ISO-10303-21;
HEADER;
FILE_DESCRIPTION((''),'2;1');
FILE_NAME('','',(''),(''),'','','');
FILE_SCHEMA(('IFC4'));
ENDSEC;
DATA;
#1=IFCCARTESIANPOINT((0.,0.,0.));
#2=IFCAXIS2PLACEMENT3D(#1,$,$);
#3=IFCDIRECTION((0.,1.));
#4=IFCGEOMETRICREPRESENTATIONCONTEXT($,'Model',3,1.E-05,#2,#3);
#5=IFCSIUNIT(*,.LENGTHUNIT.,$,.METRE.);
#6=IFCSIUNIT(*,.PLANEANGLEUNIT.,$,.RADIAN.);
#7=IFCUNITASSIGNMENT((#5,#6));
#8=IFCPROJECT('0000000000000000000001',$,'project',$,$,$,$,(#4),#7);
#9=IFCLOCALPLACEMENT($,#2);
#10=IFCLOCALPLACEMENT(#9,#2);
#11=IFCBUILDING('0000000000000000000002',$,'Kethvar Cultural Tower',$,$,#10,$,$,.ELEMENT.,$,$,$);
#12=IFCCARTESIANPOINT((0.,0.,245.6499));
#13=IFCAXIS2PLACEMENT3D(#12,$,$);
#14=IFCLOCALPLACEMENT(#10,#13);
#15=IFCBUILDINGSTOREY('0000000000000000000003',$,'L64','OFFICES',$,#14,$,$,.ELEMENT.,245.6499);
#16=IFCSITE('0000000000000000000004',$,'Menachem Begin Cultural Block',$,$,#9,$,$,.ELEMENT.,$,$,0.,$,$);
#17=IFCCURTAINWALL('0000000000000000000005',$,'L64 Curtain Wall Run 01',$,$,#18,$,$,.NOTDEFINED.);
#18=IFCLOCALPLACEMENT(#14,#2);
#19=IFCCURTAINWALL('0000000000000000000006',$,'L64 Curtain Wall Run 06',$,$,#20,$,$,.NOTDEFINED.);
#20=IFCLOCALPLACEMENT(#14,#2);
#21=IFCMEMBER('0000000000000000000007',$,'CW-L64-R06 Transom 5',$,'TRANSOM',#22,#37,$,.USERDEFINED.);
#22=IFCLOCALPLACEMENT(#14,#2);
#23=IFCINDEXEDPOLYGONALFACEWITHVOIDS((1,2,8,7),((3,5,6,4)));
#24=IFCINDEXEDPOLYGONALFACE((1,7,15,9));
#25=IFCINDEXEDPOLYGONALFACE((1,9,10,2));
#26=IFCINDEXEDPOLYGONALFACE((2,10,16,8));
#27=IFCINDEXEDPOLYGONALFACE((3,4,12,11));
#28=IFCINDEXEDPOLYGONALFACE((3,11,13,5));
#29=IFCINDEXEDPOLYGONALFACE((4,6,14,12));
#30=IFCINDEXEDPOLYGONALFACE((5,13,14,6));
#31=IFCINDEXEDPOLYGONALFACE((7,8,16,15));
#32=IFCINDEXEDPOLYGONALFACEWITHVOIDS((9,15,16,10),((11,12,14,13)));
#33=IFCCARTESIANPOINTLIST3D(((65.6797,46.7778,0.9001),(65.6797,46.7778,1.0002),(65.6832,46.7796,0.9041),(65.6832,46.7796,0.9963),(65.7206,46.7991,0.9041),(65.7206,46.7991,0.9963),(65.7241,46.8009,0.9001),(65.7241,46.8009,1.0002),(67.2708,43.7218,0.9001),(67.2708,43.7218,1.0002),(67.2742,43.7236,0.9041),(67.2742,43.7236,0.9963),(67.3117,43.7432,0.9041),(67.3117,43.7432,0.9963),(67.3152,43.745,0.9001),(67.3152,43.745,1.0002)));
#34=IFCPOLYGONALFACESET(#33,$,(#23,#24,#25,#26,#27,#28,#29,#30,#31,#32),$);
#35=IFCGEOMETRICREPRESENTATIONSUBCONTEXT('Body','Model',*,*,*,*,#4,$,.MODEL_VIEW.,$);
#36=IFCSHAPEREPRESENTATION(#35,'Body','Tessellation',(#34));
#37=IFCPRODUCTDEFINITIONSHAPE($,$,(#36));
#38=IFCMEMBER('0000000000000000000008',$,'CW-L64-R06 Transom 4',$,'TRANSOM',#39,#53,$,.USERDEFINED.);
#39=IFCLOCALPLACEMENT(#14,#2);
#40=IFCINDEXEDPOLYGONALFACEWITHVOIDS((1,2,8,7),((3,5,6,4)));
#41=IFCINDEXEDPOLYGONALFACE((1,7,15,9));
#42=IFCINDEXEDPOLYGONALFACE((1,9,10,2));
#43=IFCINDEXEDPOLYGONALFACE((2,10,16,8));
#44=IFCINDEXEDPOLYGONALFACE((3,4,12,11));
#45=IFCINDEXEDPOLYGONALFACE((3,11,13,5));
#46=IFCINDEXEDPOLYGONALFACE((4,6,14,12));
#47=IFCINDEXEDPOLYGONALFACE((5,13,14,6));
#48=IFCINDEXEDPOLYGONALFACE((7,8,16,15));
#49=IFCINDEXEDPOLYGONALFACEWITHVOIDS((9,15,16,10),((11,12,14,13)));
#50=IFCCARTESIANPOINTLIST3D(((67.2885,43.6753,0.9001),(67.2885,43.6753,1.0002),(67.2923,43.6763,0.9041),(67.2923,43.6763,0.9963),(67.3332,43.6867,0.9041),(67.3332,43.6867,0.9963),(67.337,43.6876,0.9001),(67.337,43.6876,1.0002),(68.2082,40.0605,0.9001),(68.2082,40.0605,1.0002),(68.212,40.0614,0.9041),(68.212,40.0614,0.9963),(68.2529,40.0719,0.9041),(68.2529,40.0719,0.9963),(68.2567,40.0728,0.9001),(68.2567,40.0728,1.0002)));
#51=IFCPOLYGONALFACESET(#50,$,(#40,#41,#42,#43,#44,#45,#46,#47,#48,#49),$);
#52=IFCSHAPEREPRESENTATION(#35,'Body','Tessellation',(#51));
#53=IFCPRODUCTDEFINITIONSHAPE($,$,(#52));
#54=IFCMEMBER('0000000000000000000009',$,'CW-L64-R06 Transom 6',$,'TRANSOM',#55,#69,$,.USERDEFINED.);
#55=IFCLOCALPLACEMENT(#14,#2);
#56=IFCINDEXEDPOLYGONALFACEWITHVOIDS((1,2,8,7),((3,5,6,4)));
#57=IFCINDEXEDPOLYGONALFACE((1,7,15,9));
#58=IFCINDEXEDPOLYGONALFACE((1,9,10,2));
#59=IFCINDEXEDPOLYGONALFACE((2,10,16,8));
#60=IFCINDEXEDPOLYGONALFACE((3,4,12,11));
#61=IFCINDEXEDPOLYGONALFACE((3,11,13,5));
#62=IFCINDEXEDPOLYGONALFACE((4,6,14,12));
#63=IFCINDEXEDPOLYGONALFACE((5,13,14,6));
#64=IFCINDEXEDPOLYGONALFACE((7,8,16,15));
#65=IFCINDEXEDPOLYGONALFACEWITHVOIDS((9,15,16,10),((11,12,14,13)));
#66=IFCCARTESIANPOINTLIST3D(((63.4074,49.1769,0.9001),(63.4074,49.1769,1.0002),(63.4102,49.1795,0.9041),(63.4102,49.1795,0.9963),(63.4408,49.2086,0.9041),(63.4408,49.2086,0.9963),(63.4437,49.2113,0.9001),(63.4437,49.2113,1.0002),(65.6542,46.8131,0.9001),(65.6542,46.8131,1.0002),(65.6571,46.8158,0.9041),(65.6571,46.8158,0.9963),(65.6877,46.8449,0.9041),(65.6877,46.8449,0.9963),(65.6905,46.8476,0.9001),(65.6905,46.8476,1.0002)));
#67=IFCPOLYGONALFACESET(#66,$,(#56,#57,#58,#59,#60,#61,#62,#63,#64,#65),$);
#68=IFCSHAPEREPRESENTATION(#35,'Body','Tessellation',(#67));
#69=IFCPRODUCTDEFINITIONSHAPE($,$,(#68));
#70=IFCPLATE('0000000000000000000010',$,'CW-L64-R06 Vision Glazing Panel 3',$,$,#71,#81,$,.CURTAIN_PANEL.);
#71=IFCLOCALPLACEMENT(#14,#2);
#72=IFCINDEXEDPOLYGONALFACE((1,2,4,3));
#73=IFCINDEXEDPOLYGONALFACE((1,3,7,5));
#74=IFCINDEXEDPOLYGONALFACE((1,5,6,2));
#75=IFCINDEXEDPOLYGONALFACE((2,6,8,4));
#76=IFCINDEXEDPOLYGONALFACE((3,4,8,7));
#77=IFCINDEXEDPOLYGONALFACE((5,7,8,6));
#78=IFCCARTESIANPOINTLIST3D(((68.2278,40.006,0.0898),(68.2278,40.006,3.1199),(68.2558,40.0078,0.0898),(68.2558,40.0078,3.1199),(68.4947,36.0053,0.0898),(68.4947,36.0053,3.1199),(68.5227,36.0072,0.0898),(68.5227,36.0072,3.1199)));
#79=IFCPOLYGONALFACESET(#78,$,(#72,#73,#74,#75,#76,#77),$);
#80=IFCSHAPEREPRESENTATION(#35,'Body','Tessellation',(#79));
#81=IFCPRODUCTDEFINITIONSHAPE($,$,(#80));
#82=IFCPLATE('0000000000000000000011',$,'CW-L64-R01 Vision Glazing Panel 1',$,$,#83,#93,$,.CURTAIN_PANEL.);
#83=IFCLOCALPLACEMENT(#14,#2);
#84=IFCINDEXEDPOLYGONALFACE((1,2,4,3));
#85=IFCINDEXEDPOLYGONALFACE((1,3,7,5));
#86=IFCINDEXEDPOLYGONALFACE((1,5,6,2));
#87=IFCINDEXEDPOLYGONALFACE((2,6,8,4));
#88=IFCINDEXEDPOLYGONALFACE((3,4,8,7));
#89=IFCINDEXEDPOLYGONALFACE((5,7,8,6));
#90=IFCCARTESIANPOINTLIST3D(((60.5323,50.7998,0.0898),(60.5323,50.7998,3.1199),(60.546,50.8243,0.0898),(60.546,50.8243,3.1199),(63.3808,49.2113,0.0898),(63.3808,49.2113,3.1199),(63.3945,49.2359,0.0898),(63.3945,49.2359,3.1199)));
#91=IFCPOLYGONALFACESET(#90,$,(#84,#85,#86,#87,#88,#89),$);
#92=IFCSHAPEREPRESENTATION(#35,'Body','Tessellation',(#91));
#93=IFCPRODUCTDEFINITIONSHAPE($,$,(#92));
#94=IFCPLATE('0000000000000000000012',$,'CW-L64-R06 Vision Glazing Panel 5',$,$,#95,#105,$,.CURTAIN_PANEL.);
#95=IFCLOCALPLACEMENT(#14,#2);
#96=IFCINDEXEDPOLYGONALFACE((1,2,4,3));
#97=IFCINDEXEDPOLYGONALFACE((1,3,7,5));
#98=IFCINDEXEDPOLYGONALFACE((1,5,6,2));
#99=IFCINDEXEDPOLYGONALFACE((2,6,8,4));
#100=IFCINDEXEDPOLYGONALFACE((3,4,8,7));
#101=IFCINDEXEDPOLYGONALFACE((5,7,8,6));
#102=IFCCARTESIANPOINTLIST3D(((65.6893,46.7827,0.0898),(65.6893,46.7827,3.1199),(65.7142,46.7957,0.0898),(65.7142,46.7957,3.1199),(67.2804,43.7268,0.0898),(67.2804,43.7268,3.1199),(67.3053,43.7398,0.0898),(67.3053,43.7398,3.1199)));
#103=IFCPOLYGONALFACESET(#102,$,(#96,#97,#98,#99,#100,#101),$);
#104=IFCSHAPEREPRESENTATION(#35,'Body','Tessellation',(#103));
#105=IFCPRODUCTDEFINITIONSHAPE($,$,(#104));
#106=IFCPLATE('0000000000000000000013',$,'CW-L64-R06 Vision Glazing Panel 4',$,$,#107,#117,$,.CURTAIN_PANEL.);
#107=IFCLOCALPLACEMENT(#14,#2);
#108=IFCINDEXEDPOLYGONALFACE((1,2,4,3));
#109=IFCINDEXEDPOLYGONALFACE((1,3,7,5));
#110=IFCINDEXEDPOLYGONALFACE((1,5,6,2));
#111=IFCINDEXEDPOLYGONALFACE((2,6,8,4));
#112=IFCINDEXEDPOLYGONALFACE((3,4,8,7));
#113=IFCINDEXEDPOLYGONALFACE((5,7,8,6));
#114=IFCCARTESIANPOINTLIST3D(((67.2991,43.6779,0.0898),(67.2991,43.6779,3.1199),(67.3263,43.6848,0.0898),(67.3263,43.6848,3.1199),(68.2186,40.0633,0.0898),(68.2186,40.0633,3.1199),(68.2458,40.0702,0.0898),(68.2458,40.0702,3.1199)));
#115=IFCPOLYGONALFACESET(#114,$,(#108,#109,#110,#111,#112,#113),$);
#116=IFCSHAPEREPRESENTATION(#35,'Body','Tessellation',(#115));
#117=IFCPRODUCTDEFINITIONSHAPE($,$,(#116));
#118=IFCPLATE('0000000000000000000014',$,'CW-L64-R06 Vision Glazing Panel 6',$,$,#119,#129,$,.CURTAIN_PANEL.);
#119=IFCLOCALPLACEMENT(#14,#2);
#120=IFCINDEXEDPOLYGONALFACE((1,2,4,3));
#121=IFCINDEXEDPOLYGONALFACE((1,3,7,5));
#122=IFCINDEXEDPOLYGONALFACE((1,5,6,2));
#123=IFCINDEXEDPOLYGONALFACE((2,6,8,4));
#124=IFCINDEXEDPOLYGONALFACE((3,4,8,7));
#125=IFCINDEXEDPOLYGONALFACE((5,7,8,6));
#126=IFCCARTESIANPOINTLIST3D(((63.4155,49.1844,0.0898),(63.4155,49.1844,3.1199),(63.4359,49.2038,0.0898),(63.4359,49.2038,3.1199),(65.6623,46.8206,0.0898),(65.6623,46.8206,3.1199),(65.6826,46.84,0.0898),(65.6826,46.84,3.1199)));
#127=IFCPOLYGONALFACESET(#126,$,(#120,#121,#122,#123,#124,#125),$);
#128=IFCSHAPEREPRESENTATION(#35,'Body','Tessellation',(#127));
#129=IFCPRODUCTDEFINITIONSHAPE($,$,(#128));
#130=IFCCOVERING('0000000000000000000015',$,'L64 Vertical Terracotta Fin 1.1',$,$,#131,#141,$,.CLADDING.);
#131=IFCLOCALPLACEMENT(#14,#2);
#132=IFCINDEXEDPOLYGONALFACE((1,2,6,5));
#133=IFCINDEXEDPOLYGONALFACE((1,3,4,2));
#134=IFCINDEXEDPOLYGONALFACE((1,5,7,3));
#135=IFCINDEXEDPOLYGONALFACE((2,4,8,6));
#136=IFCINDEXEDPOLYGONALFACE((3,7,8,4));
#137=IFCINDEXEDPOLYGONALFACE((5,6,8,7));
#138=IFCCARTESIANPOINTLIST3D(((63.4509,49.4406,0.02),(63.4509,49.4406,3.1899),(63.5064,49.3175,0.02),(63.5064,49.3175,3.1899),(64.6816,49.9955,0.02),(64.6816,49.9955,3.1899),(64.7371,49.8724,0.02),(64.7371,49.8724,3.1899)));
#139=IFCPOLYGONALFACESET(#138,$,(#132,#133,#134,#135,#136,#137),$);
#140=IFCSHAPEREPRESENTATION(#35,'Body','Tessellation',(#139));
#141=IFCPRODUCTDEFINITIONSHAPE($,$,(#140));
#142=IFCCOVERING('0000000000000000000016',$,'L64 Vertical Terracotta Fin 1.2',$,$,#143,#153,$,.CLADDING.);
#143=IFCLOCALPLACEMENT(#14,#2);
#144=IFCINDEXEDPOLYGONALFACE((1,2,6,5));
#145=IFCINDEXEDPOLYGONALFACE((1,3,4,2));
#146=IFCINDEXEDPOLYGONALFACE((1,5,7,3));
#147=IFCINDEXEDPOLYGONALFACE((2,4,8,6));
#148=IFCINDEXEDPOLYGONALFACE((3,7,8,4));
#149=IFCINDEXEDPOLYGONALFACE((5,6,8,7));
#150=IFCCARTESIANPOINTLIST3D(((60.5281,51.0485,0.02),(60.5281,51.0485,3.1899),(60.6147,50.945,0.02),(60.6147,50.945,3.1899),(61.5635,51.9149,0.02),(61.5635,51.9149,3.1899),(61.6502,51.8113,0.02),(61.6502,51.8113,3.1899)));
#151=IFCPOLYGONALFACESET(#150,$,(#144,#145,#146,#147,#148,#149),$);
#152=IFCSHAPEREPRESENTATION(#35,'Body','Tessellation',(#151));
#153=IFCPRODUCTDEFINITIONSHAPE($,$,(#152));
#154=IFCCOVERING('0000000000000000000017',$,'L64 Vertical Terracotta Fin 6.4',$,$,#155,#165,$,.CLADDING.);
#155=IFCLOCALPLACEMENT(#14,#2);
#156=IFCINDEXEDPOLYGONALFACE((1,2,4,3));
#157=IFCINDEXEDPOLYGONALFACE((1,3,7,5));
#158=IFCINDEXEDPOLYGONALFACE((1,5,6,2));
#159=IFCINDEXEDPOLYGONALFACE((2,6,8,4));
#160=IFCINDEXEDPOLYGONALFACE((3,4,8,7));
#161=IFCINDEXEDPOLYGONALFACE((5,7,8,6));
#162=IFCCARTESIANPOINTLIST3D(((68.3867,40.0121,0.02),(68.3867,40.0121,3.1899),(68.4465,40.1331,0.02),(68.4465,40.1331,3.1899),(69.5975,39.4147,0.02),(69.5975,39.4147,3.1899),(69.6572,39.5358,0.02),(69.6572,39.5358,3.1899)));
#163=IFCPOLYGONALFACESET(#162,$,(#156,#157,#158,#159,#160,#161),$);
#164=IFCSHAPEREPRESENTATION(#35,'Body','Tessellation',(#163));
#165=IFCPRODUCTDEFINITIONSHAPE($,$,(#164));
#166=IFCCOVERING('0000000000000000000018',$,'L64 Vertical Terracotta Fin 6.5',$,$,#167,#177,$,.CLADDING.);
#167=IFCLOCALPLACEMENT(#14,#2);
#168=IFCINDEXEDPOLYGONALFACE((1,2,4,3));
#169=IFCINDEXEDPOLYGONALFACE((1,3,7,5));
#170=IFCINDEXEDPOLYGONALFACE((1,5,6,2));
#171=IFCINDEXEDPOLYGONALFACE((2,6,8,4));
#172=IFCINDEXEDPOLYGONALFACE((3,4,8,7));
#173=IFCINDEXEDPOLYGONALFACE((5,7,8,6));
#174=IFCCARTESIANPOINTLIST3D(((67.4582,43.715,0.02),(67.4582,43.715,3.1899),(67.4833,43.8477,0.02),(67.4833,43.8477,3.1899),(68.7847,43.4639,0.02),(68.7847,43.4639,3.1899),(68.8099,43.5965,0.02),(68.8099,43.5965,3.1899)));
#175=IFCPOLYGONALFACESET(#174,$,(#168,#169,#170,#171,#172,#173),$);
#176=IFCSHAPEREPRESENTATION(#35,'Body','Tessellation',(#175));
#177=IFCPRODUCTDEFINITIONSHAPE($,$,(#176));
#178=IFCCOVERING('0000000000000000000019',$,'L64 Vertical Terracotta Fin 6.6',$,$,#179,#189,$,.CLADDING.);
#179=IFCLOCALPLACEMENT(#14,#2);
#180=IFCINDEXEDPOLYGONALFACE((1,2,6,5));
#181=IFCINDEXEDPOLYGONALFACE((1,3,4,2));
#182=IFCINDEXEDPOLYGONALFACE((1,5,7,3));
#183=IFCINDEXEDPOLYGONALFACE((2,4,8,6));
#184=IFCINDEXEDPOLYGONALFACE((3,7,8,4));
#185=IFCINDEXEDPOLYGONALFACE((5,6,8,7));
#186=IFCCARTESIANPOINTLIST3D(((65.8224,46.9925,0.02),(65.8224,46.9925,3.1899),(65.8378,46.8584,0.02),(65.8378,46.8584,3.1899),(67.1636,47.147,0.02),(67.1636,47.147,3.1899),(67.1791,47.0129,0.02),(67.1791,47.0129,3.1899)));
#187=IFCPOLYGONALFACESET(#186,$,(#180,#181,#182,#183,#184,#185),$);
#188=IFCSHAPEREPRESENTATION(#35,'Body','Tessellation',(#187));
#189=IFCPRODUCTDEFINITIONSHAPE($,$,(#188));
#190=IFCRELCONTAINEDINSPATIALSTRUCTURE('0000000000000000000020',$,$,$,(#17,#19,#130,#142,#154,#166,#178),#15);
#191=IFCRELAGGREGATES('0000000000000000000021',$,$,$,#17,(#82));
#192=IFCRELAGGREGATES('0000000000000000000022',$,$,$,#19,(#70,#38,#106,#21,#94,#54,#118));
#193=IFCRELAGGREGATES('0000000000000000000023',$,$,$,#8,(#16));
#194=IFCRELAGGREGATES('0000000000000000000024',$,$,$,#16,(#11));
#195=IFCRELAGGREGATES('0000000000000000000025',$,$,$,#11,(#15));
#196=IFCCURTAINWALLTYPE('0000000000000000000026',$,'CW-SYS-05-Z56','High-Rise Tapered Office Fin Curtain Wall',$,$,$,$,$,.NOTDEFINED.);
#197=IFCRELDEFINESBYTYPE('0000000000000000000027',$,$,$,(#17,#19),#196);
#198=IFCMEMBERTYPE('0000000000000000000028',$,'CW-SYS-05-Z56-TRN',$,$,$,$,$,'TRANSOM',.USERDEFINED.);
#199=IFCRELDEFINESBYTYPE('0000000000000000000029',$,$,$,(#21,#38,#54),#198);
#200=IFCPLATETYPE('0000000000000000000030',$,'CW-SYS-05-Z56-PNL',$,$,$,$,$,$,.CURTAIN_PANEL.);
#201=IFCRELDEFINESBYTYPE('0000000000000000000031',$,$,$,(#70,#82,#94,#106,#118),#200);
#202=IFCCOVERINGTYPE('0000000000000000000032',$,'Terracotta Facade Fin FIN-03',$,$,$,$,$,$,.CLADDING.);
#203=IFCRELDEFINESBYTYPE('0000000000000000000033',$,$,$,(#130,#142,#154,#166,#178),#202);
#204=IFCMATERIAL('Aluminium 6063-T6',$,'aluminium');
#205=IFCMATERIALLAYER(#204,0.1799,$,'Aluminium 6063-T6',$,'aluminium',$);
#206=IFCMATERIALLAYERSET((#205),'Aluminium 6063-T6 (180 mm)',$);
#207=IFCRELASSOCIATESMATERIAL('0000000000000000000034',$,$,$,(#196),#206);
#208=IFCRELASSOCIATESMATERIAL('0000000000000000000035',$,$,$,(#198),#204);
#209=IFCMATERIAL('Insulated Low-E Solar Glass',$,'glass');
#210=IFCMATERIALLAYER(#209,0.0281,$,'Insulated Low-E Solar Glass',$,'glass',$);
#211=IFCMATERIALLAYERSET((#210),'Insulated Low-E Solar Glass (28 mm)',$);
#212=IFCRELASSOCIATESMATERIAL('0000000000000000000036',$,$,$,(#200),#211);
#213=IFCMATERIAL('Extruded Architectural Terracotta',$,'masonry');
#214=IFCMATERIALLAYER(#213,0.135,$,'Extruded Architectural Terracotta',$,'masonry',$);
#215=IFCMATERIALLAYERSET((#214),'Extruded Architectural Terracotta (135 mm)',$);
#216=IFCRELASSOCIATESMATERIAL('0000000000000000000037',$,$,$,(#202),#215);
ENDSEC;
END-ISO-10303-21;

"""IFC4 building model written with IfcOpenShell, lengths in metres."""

from ifc_helpers import new_model, si_unit, direction, frame, origin, origin_2d, place, context, subcontext, project, spatial, rectangle, hollow_rectangle, extrude, source, transform, mapped, material, layer, layer_set, material_profile, profile_set, type_object, element, aggregate, save


model = new_model("IFC4")

# Units and contexts
model_context = context("Model", 3, precision=1e-05, world=origin(), true_north=direction((0.0, 1.0)))
body_context = subcontext(model_context, "Body", "Model", "MODEL_VIEW")
ifc_project = project(units=[si_unit("LENGTHUNIT", "METRE"), si_unit("PLANEANGLEUNIT", "RADIAN")], contexts=[model_context])

# Site, building, storey
site_placement = place(None, origin())
site = spatial("IfcSite", under=ifc_project, at=site_placement, Name="Menachem Begin Cultural Block", CompositionType="ELEMENT", RefElevation=0.0)
building_placement = place(site_placement, origin())
building = spatial("IfcBuilding", under=site, at=building_placement, Name="Kethvar Cultural Tower", CompositionType="ELEMENT")
storey_placement = place(building_placement, frame((0.0, 0.0, 245.6499)))
storey = spatial("IfcBuildingStorey", under=building, at=storey_placement, Name="L64", Description="OFFICES", CompositionType="ELEMENT", Elevation=245.6499)

# Curtain walls
ifc_material_1 = material(Name="Aluminium 6063-T6", Category="aluminium")
ifc_layer_1 = layer(ifc_material_1, 0.1799, Name="Aluminium 6063-T6", Category="aluminium")
ifc_layer_set_1 = layer_set([ifc_layer_1], Name="Aluminium 6063-T6 (180 mm)")
curtain_wall_type = type_object("IfcCurtainWallType", Name="CW-SYS-05-Z56", Description="High-Rise Tapered Office Fin Curtain Wall", PredefinedType="NOTDEFINED", material=ifc_layer_set_1)
curtain_wall_1_placement = place(storey_placement, origin())
curtain_wall_1 = element("IfcCurtainWall", 1, at=curtain_wall_1_placement, inside=storey, type_object=curtain_wall_type, Name="L64 Curtain Wall Run 01", PredefinedType="NOTDEFINED")
curtain_wall_2_placement = place(storey_placement, origin())
curtain_wall_2 = element("IfcCurtainWall", 2, at=curtain_wall_2_placement, inside=storey, type_object=curtain_wall_type, Name="L64 Curtain Wall Run 06", PredefinedType="NOTDEFINED")

# Members
ifc_material_profile_1 = material_profile(ifc_material_1, hollow_rectangle(XDim=0.05, YDim=0.1001, WallThickness=0.0039, at=origin_2d()), Name="Aluminium 6063-T6 — RHS100x50x4")
ifc_profile_set_1 = profile_set([ifc_material_profile_1], Name="Aluminium 6063-T6 — RHS100x50x4")
member_type_1 = type_object("IfcMemberType", Name="CW-SYS-05-Z56-TRN", ElementType="TRANSOM", PredefinedType="USERDEFINED", material=ifc_profile_set_1)
shared_shape_1 = source(origin(), body_context, "Body", "SweptSolid", [
    extrude(hollow_rectangle(XDim=0.05, YDim=0.1001, WallThickness=0.0039, at=origin_2d()), origin(), (0.0, 0.0, 1.0), 3.4453),
])
member_1_placement = place(storey_placement, frame((67.293, 43.7334, 0.9502), z_axis=(-0.461808, 0.88698, 0.0), x_axis=(-0.88698, -0.461808, 0.0)))
member_1 = element("IfcMember", 3, at=member_1_placement, type_object=member_type_1, Name="CW-L64-R06 Transom 5", ObjectType="TRANSOM", PredefinedType="USERDEFINED", context=body_context, shape_type="MappedRepresentation", body=[
    mapped(shared_shape_1, transform((0.0, 0.0, 0.0), scale=1.0)),
])
shared_shape_2 = source(origin(), body_context, "Body", "SweptSolid", [
    extrude(hollow_rectangle(XDim=0.05, YDim=0.1001, WallThickness=0.0039, at=origin_2d()), origin(), (0.0, 0.0, 1.0), 3.73),
])
member_2_placement = place(storey_placement, frame((68.2324, 40.0667, 0.9502), z_axis=(-0.246569, 0.969125, 0.0), x_axis=(-0.969125, -0.246569, 0.0)))
member_2 = element("IfcMember", 4, at=member_2_placement, type_object=member_type_1, Name="CW-L64-R06 Transom 4", ObjectType="TRANSOM", PredefinedType="USERDEFINED", context=body_context, shape_type="MappedRepresentation", body=[
    mapped(shared_shape_2, transform((0.0, 0.0, 0.0), scale=1.0)),
])
shared_shape_3 = source(origin(), body_context, "Body", "SweptSolid", [
    extrude(hollow_rectangle(XDim=0.05, YDim=0.1001, WallThickness=0.0039, at=origin_2d()), origin(), (0.0, 0.0, 1.0), 3.2612),
])
member_3_placement = place(storey_placement, frame((65.6724, 46.8303, 0.9502), z_axis=(-0.68895, 0.724809, 0.0), x_axis=(-0.724809, -0.68895, 0.0)))
member_3 = element("IfcMember", 5, at=member_3_placement, type_object=member_type_1, Name="CW-L64-R06 Transom 6", ObjectType="TRANSOM", PredefinedType="USERDEFINED", context=body_context, shape_type="MappedRepresentation", body=[
    mapped(shared_shape_3, transform((0.0, 0.0, 0.0), scale=1.0)),
])

# Plates
ifc_material_2 = material(Name="Insulated Low-E Solar Glass", Category="glass")
ifc_layer_2 = layer(ifc_material_2, 0.0281, Name="Insulated Low-E Solar Glass", Category="glass")
ifc_layer_set_2 = layer_set([ifc_layer_2], Name="Insulated Low-E Solar Glass (28 mm)")
plate_type = type_object("IfcPlateType", Name="CW-SYS-05-Z56-PNL", PredefinedType="CURTAIN_PANEL", material=ifc_layer_set_2)
shared_shape_4 = source(origin(), body_context, "Body", "SweptSolid", [
    extrude(rectangle(XDim=4.0095, YDim=0.0281, at=origin_2d()), origin(), (0.0, 0.0, 1.0), 3.03),
])
plate_1_placement = place(storey_placement, frame((68.3752, 38.0066, 0.0898), z_axis=(0.0, 0.0, 1.0), x_axis=(-0.066553, 0.997783, 0.0)))
plate_1 = element("IfcPlate", 6, at=plate_1_placement, type_object=plate_type, Name="CW-L64-R06 Vision Glazing Panel 3", PredefinedType="CURTAIN_PANEL", context=body_context, shape_type="MappedRepresentation", body=[
    mapped(shared_shape_4, transform((0.0, 0.0, 0.0), scale=1.0)),
])
shared_shape_5 = source(origin(), body_context, "Body", "SweptSolid", [
    extrude(rectangle(XDim=3.2615, YDim=0.0281, at=origin_2d()), origin(), (0.0, 0.0, 1.0), 3.03),
])
plate_2_placement = place(storey_placement, frame((61.9634, 50.0178, 0.0898), z_axis=(0.0, 0.0, 1.0), x_axis=(-0.873381, 0.487037, 0.0)))
plate_2 = element("IfcPlate", 7, at=plate_2_placement, type_object=plate_type, Name="CW-L64-R01 Vision Glazing Panel 1", PredefinedType="CURTAIN_PANEL", context=body_context, shape_type="MappedRepresentation", body=[
    mapped(shared_shape_5, transform((0.0, 0.0, 0.0), scale=1.0)),
])
aggregate(curtain_wall_1, [plate_2])
shared_shape_6 = source(origin(), body_context, "Body", "SweptSolid", [
    extrude(rectangle(XDim=3.4453, YDim=0.0281, at=origin_2d()), origin(), (0.0, 0.0, 1.0), 3.03),
])
plate_3_placement = place(storey_placement, frame((66.4973, 45.2612, 0.0898), z_axis=(0.0, 0.0, 1.0), x_axis=(-0.461826, 0.886971, 0.0)))
plate_3 = element("IfcPlate", 8, at=plate_3_placement, type_object=plate_type, Name="CW-L64-R06 Vision Glazing Panel 5", PredefinedType="CURTAIN_PANEL", context=body_context, shape_type="MappedRepresentation", body=[
    mapped(shared_shape_6, transform((0.0, 0.0, 0.0), scale=1.0)),
])
shared_shape_7 = source(origin(), body_context, "Body", "SweptSolid", [
    extrude(rectangle(XDim=3.7297, YDim=0.0281, at=origin_2d()), origin(), (0.0, 0.0, 1.0), 3.03),
])
plate_4_placement = place(storey_placement, frame((67.7725, 41.874, 0.0898), z_axis=(0.0, 0.0, 1.0), x_axis=(-0.246542, 0.969132, 0.0)))
plate_4 = element("IfcPlate", 9, at=plate_4_placement, type_object=plate_type, Name="CW-L64-R06 Vision Glazing Panel 4", PredefinedType="CURTAIN_PANEL", context=body_context, shape_type="MappedRepresentation", body=[
    mapped(shared_shape_7, transform((0.0, 0.0, 0.0), scale=1.0)),
])
shared_shape_8 = source(origin(), body_context, "Body", "SweptSolid", [
    extrude(rectangle(XDim=3.2612, YDim=0.0281, at=origin_2d()), origin(), (0.0, 0.0, 1.0), 3.03),
])
plate_5_placement = place(storey_placement, frame((64.5491, 48.0122, 0.0898), z_axis=(0.0, 0.0, 1.0), x_axis=(-0.688937, 0.724821, 0.0)))
plate_5 = element("IfcPlate", 10, at=plate_5_placement, type_object=plate_type, Name="CW-L64-R06 Vision Glazing Panel 6", PredefinedType="CURTAIN_PANEL", context=body_context, shape_type="MappedRepresentation", body=[
    mapped(shared_shape_8, transform((0.0, 0.0, 0.0), scale=1.0)),
])
aggregate(curtain_wall_2, [plate_1, member_2, plate_4, member_1, plate_3, member_3, plate_5])

# Coverings
ifc_material_3 = material(Name="Extruded Architectural Terracotta", Category="masonry")
ifc_layer_3 = layer(ifc_material_3, 0.135, Name="Extruded Architectural Terracotta", Category="masonry")
ifc_layer_set_3 = layer_set([ifc_layer_3], Name="Extruded Architectural Terracotta (135 mm)")
covering_type = type_object("IfcCoveringType", Name="Terracotta Facade Fin FIN-03", PredefinedType="CLADDING", material=ifc_layer_set_3)
shared_shape_9 = source(origin(), body_context, "Body", "SweptSolid", [
    extrude(rectangle(XDim=1.3501, YDim=0.135, at=origin_2d()), origin(), (0.0, 0.0, 1.0), 3.1699),
])
for number, where, z_axis, x_axis, name in (
    (11, (64.094, 49.6565, 0.02), (0.0, 0.0, 1.0), (0.911619, 0.411037, 0.0), "L64 Vertical Terracotta Fin 1.1"),
    (12, (61.0891, 51.4299, 0.02), (0.0, 0.0, 1.0), (0.766941, 0.641717, 0.0), "L64 Vertical Terracotta Fin 1.2"),
    (13, (69.022, 39.7739, 0.02), (0.0, 0.0, 1.0), (0.896796, -0.442445, 0.0), "L64 Vertical Terracotta Fin 6.4"),
    (14, (68.134, 43.6558, 0.02), (0.0, 0.0, 1.0), (0.982548, -0.18601, 0.0), "L64 Vertical Terracotta Fin 6.5"),
    (15, (66.5007, 47.0027, 0.02), (0.0, 0.0, 1.0), (0.993433, 0.114417, 0.0), "L64 Vertical Terracotta Fin 6.6"),
):
    element("IfcCovering", number, at=place(storey_placement, frame(where, z_axis=z_axis, x_axis=x_axis)), inside=storey, type_object=covering_type, Name=name, PredefinedType="CLADDING", context=body_context, shape_type="MappedRepresentation", body=[
        mapped(shared_shape_9, transform((0.0, 0.0, 0.0), scale=1.0)),
    ])

save(model, "model.ifc")
